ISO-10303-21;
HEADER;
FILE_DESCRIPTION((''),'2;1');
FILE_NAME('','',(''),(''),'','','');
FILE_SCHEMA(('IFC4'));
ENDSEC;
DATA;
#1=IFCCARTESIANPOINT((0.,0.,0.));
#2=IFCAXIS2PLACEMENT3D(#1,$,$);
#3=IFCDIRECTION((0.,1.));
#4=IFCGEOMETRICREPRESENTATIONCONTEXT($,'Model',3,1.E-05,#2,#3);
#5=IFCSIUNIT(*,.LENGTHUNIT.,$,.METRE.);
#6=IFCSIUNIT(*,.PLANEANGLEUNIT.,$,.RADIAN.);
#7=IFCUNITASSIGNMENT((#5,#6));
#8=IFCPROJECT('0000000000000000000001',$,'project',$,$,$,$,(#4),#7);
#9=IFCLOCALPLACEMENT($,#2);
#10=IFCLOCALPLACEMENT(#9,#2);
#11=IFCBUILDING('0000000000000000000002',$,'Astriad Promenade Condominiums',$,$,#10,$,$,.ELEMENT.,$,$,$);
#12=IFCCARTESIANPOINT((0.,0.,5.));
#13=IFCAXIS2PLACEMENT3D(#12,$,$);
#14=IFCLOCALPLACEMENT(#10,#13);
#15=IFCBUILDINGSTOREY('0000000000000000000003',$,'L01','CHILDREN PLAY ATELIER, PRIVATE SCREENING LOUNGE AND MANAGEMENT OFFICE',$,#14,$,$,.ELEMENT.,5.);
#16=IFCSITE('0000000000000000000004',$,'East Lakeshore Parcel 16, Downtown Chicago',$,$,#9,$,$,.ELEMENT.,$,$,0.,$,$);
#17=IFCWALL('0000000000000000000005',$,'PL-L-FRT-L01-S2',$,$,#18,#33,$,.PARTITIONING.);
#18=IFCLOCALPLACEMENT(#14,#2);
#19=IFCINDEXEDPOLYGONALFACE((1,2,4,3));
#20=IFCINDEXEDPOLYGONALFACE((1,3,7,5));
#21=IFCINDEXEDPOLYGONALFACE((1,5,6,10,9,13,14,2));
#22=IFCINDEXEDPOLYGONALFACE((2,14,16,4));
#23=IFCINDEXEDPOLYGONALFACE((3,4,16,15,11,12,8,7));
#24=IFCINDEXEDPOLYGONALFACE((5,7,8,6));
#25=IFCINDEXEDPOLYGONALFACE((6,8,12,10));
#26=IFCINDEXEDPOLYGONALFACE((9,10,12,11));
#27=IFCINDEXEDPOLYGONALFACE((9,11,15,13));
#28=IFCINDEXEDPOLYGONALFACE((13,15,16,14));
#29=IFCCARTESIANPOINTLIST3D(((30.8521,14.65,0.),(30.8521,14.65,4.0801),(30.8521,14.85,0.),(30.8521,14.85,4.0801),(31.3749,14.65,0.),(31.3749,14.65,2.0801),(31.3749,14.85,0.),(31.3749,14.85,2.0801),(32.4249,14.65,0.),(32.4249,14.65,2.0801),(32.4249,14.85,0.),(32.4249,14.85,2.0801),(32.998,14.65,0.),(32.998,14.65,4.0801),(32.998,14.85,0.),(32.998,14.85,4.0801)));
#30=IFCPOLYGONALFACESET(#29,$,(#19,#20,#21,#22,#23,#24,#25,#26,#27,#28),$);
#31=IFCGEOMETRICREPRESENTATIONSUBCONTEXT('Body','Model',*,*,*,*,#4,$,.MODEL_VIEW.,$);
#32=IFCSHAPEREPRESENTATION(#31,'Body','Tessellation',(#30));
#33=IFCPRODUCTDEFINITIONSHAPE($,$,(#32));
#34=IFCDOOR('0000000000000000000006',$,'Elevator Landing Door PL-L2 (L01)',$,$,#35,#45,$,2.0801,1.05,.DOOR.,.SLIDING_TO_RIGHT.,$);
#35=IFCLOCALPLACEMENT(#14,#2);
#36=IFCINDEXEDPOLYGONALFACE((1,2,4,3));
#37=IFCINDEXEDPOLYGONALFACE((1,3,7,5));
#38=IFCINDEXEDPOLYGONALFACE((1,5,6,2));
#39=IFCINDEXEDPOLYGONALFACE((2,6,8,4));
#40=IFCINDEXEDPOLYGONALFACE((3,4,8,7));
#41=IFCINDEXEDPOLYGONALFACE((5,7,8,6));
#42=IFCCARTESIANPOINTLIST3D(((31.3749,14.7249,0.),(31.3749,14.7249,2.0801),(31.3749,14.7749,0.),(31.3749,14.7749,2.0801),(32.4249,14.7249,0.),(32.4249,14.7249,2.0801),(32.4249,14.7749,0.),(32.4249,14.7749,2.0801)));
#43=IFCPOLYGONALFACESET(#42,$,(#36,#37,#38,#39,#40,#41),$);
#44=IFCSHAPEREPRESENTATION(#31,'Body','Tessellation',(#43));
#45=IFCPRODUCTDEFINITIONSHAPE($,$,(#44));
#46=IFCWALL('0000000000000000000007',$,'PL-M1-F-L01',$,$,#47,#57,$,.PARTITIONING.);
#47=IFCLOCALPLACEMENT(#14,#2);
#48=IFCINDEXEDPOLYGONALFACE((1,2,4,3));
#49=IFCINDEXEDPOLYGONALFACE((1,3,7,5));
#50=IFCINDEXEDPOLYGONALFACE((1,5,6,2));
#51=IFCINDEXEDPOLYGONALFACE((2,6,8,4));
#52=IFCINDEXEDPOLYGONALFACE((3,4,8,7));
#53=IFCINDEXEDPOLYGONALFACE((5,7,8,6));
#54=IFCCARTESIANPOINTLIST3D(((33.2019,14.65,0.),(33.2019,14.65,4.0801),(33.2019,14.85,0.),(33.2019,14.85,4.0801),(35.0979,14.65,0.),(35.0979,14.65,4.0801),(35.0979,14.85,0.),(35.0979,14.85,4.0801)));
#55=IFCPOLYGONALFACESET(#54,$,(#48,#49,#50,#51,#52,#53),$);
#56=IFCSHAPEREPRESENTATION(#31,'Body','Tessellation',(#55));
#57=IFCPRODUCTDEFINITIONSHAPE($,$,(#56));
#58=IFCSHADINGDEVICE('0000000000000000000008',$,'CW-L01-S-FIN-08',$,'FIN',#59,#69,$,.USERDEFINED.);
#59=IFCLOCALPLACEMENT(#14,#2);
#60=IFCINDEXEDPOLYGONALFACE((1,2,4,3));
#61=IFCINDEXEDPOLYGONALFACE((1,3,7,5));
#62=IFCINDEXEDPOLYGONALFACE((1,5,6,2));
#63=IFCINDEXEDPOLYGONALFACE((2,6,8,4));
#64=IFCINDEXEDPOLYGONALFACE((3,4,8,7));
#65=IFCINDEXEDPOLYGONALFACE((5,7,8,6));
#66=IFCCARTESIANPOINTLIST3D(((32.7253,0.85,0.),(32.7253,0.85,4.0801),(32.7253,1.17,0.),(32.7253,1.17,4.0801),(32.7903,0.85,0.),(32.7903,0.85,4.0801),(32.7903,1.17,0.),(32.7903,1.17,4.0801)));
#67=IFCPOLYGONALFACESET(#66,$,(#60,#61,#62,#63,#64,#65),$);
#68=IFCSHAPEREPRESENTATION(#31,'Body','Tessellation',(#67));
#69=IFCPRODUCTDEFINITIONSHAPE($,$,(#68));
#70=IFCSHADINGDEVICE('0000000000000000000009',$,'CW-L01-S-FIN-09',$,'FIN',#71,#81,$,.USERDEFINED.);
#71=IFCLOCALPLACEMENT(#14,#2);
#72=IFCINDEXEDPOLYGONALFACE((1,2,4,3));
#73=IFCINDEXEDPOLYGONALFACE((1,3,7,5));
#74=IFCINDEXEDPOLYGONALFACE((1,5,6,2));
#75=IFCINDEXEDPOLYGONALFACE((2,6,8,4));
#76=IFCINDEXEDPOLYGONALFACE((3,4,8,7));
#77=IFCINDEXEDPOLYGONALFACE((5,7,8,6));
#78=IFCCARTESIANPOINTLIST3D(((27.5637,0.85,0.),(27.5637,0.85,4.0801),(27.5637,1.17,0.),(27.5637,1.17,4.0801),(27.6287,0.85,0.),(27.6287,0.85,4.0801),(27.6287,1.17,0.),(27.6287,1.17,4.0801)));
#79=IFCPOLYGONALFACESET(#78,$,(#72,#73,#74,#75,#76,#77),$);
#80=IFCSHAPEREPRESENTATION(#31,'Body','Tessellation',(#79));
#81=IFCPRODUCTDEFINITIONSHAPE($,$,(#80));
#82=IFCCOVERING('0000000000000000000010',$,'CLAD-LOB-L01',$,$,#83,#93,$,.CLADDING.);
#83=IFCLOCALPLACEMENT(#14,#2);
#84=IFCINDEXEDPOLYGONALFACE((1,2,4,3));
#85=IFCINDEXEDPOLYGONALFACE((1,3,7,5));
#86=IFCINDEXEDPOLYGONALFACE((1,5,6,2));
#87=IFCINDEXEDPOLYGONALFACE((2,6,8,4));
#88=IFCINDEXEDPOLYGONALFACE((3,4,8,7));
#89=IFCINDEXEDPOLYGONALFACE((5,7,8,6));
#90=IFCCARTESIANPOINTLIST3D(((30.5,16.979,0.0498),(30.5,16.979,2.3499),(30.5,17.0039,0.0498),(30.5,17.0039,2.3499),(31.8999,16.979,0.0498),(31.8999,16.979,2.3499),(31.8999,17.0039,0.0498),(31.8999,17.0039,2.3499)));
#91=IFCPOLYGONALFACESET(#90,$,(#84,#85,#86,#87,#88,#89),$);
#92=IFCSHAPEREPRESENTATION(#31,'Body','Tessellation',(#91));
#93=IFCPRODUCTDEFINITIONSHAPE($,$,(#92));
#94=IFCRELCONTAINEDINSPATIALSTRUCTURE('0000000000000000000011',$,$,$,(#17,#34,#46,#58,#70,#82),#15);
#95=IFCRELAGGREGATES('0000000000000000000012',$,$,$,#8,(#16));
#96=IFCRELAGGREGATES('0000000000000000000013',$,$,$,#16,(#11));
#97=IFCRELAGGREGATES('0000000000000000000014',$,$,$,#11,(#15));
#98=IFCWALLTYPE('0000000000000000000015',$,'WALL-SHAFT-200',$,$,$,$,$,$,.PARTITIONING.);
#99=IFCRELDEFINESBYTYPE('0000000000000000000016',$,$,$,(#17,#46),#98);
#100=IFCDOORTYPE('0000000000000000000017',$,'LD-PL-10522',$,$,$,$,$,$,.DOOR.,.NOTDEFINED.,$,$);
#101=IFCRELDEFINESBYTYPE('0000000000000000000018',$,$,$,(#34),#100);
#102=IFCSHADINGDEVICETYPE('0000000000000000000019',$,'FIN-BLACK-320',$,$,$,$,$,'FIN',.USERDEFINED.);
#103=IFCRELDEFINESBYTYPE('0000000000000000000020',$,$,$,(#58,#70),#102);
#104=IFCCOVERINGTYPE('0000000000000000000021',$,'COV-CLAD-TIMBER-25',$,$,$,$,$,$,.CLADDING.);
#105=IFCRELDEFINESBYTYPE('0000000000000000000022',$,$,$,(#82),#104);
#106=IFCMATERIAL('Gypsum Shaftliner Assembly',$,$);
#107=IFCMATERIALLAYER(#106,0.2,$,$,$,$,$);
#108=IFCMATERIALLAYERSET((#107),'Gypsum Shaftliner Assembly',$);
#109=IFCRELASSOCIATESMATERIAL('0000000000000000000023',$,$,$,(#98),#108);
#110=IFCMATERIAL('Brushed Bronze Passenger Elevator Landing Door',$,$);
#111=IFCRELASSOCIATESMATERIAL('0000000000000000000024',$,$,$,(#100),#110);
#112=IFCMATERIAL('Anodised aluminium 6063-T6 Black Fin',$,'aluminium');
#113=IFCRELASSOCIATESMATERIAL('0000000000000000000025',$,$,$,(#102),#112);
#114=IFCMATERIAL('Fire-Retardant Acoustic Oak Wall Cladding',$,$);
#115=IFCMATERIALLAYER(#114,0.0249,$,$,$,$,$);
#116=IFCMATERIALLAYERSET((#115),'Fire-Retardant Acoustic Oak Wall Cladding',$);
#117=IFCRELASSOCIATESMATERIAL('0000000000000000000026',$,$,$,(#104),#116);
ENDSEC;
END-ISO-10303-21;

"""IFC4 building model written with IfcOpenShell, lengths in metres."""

from ifc_helpers import new_model, si_unit, direction, frame, frame_2d, origin, origin_2d, place, context, subcontext, project, spatial, rectangle, extrude, source, transform, mapped, material, layer, layer_set, type_object, type_shapes, element, fill, save


model = new_model("IFC4")

# Units and contexts
model_context = context("Model", 3, precision=1e-05, world=origin(), true_north=direction((0.0, 1.0)))
body_context = subcontext(model_context, "Body", "Model", "MODEL_VIEW")
ifc_project = project(units=[si_unit("LENGTHUNIT", "METRE"), si_unit("PLANEANGLEUNIT", "RADIAN")], contexts=[model_context])

# Site, building, storey
site_placement = place(None, origin())
site = spatial("IfcSite", under=ifc_project, at=site_placement, Name="East Lakeshore Parcel 16, Downtown Chicago", CompositionType="ELEMENT", RefElevation=0.0)
building_placement = place(site_placement, origin())
building = spatial("IfcBuilding", under=site, at=building_placement, Name="Astriad Promenade Condominiums", CompositionType="ELEMENT")
storey_placement = place(building_placement, frame((0.0, 0.0, 5.0)))
storey = spatial("IfcBuildingStorey", under=building, at=storey_placement, Name="L01", Description="CHILDREN PLAY ATELIER, PRIVATE SCREENING LOUNGE AND MANAGEMENT OFFICE", CompositionType="ELEMENT", Elevation=5.0)

# Shared definitions
ifc_material_1 = material(Name="Gypsum Shaftliner Assembly")
ifc_layer_1 = layer(ifc_material_1, 0.2)
ifc_layer_set_1 = layer_set([ifc_layer_1], Name="Gypsum Shaftliner Assembly")
wall_type_1 = type_object("IfcWallType", Name="WALL-SHAFT-200", PredefinedType="PARTITIONING", material=ifc_layer_set_1)

# Wall, opening, door
ifc_material_2 = material(Name="Brushed Bronze Passenger Elevator Landing Door")
door_type_1 = type_object("IfcDoorType", Name="LD-PL-10522", OperationType="NOTDEFINED", PredefinedType="DOOR", material=ifc_material_2)
shared_shape_1 = source(origin(), body_context, "Body", "SweptSolid", [
    extrude(rectangle(XDim=1.05, YDim=2.0801, at=frame_2d((0.5249, 1.04))), frame((0.0, 0.0249, 0.0), z_axis=(0.0, -1.0, 0.0), x_axis=(1.0, 0.0, 0.0)), (0.0, 0.0, 1.0), 0.05),
])
type_shapes(door_type_1, [shared_shape_1])
wall_1_placement = place(storey_placement, frame((30.8521, 14.75, 0.0), z_axis=(0.0, 0.0, 1.0), x_axis=(1.0, 0.0, 0.0)))
wall_1 = element("IfcWall", 1, at=wall_1_placement, inside=storey, type_object=wall_type_1, Name="PL-L-FRT-L01-S2", PredefinedType="PARTITIONING", context=body_context, shape_type="SweptSolid", body=[
    extrude(rectangle(XDim=2.146, YDim=0.2, at=frame_2d((1.073, 0.0))), origin(), (0.0, 0.0, 1.0), 4.0801),
])
opening_1_placement = place(wall_1_placement, frame((0.5229, 0.0, 0.0)))
opening_1 = element("IfcOpeningElement", 2, at=opening_1_placement, cuts=wall_1, PredefinedType="OPENING", context=body_context, shape_type="SweptSolid", body=[
    extrude(rectangle(XDim=1.05, YDim=2.0801, at=frame_2d((0.5249, 1.04))), frame((0.0, 0.1099, 0.0), z_axis=(0.0, -1.0, 0.0), x_axis=(1.0, 0.0, 0.0)), (0.0, 0.0, 1.0), 0.22),
])
door_1_placement = place(opening_1_placement, origin())
door_1 = element("IfcDoor", 3, at=door_1_placement, inside=storey, type_object=door_type_1, Name="Elevator Landing Door PL-L2 (L01)", OperationType="SLIDING_TO_RIGHT", OverallHeight=2.0801, OverallWidth=1.05, PredefinedType="DOOR", context=body_context, shape_type="MappedRepresentation", body=[
    mapped(shared_shape_1, transform((0.0, 0.0, 0.0), scale=1.0)),
])
fill(opening_1, door_1)

# Wall
wall_2_placement = place(storey_placement, frame((33.2019, 14.75, 0.0), z_axis=(0.0, 0.0, 1.0), x_axis=(1.0, 0.0, 0.0)))
element("IfcWall", 4, at=wall_2_placement, inside=storey, type_object=wall_type_1, Name="PL-M1-F-L01", PredefinedType="PARTITIONING", context=body_context, shape_type="SweptSolid", body=[
    extrude(rectangle(XDim=1.896, YDim=0.2, at=frame_2d((0.948, 0.0))), origin(), (0.0, 0.0, 1.0), 4.0801),
])

# Shading devices
ifc_material_3 = material(Name="Anodised aluminium 6063-T6 Black Fin", Category="aluminium")
shading_device_type = type_object("IfcShadingDeviceType", Name="FIN-BLACK-320", ElementType="FIN", PredefinedType="USERDEFINED", material=ifc_material_3)
shared_shape_2 = source(origin(), body_context, "Body", "SweptSolid", [
    extrude(rectangle(XDim=0.0649, YDim=0.3201, at=origin_2d()), origin(), (0.0, 0.0, 1.0), 4.0801),
])
type_shapes(shading_device_type, [shared_shape_2])
for number, where, z_axis, x_axis, name in (
    (5, (32.7578, 1.01, 0.0), (0.0, 0.0, 1.0), (-1.0, 0.0, 0.0), "CW-L01-S-FIN-08"),
    (6, (27.5962, 1.01, 0.0), (0.0, 0.0, 1.0), (-1.0, 0.0, 0.0), "CW-L01-S-FIN-09"),
):
    element("IfcShadingDevice", number, at=place(storey_placement, frame(where, z_axis=z_axis, x_axis=x_axis)), inside=storey, type_object=shading_device_type, Name=name, ObjectType="FIN", PredefinedType="USERDEFINED", context=body_context, shape_type="MappedRepresentation", body=[
        mapped(shared_shape_2, transform((0.0, 0.0, 0.0), scale=1.0)),
    ])

# Covering
ifc_material_4 = material(Name="Fire-Retardant Acoustic Oak Wall Cladding")
ifc_layer_2 = layer(ifc_material_4, 0.0249)
ifc_layer_set_2 = layer_set([ifc_layer_2], Name="Fire-Retardant Acoustic Oak Wall Cladding")
covering_type = type_object("IfcCoveringType", Name="COV-CLAD-TIMBER-25", PredefinedType="CLADDING", material=ifc_layer_set_2)
shared_shape_3 = source(origin(), body_context, "Body", "SweptSolid", [
    extrude(rectangle(XDim=1.3999, YDim=0.0249, at=origin_2d()), origin(), (0.0, 0.0, 1.0), 2.3),
])
type_shapes(covering_type, [shared_shape_3])
covering_placement = place(storey_placement, frame((31.2, 16.9915, 0.0498), z_axis=(0.0, 0.0, 1.0), x_axis=(1.0, 0.0, 0.0)))
element("IfcCovering", 7, at=covering_placement, inside=storey, type_object=covering_type, Name="CLAD-LOB-L01", PredefinedType="CLADDING", context=body_context, shape_type="MappedRepresentation", body=[
    mapped(shared_shape_3, transform((0.0, 0.0, 0.0), scale=1.0)),
])

save(model, "model.ifc")
